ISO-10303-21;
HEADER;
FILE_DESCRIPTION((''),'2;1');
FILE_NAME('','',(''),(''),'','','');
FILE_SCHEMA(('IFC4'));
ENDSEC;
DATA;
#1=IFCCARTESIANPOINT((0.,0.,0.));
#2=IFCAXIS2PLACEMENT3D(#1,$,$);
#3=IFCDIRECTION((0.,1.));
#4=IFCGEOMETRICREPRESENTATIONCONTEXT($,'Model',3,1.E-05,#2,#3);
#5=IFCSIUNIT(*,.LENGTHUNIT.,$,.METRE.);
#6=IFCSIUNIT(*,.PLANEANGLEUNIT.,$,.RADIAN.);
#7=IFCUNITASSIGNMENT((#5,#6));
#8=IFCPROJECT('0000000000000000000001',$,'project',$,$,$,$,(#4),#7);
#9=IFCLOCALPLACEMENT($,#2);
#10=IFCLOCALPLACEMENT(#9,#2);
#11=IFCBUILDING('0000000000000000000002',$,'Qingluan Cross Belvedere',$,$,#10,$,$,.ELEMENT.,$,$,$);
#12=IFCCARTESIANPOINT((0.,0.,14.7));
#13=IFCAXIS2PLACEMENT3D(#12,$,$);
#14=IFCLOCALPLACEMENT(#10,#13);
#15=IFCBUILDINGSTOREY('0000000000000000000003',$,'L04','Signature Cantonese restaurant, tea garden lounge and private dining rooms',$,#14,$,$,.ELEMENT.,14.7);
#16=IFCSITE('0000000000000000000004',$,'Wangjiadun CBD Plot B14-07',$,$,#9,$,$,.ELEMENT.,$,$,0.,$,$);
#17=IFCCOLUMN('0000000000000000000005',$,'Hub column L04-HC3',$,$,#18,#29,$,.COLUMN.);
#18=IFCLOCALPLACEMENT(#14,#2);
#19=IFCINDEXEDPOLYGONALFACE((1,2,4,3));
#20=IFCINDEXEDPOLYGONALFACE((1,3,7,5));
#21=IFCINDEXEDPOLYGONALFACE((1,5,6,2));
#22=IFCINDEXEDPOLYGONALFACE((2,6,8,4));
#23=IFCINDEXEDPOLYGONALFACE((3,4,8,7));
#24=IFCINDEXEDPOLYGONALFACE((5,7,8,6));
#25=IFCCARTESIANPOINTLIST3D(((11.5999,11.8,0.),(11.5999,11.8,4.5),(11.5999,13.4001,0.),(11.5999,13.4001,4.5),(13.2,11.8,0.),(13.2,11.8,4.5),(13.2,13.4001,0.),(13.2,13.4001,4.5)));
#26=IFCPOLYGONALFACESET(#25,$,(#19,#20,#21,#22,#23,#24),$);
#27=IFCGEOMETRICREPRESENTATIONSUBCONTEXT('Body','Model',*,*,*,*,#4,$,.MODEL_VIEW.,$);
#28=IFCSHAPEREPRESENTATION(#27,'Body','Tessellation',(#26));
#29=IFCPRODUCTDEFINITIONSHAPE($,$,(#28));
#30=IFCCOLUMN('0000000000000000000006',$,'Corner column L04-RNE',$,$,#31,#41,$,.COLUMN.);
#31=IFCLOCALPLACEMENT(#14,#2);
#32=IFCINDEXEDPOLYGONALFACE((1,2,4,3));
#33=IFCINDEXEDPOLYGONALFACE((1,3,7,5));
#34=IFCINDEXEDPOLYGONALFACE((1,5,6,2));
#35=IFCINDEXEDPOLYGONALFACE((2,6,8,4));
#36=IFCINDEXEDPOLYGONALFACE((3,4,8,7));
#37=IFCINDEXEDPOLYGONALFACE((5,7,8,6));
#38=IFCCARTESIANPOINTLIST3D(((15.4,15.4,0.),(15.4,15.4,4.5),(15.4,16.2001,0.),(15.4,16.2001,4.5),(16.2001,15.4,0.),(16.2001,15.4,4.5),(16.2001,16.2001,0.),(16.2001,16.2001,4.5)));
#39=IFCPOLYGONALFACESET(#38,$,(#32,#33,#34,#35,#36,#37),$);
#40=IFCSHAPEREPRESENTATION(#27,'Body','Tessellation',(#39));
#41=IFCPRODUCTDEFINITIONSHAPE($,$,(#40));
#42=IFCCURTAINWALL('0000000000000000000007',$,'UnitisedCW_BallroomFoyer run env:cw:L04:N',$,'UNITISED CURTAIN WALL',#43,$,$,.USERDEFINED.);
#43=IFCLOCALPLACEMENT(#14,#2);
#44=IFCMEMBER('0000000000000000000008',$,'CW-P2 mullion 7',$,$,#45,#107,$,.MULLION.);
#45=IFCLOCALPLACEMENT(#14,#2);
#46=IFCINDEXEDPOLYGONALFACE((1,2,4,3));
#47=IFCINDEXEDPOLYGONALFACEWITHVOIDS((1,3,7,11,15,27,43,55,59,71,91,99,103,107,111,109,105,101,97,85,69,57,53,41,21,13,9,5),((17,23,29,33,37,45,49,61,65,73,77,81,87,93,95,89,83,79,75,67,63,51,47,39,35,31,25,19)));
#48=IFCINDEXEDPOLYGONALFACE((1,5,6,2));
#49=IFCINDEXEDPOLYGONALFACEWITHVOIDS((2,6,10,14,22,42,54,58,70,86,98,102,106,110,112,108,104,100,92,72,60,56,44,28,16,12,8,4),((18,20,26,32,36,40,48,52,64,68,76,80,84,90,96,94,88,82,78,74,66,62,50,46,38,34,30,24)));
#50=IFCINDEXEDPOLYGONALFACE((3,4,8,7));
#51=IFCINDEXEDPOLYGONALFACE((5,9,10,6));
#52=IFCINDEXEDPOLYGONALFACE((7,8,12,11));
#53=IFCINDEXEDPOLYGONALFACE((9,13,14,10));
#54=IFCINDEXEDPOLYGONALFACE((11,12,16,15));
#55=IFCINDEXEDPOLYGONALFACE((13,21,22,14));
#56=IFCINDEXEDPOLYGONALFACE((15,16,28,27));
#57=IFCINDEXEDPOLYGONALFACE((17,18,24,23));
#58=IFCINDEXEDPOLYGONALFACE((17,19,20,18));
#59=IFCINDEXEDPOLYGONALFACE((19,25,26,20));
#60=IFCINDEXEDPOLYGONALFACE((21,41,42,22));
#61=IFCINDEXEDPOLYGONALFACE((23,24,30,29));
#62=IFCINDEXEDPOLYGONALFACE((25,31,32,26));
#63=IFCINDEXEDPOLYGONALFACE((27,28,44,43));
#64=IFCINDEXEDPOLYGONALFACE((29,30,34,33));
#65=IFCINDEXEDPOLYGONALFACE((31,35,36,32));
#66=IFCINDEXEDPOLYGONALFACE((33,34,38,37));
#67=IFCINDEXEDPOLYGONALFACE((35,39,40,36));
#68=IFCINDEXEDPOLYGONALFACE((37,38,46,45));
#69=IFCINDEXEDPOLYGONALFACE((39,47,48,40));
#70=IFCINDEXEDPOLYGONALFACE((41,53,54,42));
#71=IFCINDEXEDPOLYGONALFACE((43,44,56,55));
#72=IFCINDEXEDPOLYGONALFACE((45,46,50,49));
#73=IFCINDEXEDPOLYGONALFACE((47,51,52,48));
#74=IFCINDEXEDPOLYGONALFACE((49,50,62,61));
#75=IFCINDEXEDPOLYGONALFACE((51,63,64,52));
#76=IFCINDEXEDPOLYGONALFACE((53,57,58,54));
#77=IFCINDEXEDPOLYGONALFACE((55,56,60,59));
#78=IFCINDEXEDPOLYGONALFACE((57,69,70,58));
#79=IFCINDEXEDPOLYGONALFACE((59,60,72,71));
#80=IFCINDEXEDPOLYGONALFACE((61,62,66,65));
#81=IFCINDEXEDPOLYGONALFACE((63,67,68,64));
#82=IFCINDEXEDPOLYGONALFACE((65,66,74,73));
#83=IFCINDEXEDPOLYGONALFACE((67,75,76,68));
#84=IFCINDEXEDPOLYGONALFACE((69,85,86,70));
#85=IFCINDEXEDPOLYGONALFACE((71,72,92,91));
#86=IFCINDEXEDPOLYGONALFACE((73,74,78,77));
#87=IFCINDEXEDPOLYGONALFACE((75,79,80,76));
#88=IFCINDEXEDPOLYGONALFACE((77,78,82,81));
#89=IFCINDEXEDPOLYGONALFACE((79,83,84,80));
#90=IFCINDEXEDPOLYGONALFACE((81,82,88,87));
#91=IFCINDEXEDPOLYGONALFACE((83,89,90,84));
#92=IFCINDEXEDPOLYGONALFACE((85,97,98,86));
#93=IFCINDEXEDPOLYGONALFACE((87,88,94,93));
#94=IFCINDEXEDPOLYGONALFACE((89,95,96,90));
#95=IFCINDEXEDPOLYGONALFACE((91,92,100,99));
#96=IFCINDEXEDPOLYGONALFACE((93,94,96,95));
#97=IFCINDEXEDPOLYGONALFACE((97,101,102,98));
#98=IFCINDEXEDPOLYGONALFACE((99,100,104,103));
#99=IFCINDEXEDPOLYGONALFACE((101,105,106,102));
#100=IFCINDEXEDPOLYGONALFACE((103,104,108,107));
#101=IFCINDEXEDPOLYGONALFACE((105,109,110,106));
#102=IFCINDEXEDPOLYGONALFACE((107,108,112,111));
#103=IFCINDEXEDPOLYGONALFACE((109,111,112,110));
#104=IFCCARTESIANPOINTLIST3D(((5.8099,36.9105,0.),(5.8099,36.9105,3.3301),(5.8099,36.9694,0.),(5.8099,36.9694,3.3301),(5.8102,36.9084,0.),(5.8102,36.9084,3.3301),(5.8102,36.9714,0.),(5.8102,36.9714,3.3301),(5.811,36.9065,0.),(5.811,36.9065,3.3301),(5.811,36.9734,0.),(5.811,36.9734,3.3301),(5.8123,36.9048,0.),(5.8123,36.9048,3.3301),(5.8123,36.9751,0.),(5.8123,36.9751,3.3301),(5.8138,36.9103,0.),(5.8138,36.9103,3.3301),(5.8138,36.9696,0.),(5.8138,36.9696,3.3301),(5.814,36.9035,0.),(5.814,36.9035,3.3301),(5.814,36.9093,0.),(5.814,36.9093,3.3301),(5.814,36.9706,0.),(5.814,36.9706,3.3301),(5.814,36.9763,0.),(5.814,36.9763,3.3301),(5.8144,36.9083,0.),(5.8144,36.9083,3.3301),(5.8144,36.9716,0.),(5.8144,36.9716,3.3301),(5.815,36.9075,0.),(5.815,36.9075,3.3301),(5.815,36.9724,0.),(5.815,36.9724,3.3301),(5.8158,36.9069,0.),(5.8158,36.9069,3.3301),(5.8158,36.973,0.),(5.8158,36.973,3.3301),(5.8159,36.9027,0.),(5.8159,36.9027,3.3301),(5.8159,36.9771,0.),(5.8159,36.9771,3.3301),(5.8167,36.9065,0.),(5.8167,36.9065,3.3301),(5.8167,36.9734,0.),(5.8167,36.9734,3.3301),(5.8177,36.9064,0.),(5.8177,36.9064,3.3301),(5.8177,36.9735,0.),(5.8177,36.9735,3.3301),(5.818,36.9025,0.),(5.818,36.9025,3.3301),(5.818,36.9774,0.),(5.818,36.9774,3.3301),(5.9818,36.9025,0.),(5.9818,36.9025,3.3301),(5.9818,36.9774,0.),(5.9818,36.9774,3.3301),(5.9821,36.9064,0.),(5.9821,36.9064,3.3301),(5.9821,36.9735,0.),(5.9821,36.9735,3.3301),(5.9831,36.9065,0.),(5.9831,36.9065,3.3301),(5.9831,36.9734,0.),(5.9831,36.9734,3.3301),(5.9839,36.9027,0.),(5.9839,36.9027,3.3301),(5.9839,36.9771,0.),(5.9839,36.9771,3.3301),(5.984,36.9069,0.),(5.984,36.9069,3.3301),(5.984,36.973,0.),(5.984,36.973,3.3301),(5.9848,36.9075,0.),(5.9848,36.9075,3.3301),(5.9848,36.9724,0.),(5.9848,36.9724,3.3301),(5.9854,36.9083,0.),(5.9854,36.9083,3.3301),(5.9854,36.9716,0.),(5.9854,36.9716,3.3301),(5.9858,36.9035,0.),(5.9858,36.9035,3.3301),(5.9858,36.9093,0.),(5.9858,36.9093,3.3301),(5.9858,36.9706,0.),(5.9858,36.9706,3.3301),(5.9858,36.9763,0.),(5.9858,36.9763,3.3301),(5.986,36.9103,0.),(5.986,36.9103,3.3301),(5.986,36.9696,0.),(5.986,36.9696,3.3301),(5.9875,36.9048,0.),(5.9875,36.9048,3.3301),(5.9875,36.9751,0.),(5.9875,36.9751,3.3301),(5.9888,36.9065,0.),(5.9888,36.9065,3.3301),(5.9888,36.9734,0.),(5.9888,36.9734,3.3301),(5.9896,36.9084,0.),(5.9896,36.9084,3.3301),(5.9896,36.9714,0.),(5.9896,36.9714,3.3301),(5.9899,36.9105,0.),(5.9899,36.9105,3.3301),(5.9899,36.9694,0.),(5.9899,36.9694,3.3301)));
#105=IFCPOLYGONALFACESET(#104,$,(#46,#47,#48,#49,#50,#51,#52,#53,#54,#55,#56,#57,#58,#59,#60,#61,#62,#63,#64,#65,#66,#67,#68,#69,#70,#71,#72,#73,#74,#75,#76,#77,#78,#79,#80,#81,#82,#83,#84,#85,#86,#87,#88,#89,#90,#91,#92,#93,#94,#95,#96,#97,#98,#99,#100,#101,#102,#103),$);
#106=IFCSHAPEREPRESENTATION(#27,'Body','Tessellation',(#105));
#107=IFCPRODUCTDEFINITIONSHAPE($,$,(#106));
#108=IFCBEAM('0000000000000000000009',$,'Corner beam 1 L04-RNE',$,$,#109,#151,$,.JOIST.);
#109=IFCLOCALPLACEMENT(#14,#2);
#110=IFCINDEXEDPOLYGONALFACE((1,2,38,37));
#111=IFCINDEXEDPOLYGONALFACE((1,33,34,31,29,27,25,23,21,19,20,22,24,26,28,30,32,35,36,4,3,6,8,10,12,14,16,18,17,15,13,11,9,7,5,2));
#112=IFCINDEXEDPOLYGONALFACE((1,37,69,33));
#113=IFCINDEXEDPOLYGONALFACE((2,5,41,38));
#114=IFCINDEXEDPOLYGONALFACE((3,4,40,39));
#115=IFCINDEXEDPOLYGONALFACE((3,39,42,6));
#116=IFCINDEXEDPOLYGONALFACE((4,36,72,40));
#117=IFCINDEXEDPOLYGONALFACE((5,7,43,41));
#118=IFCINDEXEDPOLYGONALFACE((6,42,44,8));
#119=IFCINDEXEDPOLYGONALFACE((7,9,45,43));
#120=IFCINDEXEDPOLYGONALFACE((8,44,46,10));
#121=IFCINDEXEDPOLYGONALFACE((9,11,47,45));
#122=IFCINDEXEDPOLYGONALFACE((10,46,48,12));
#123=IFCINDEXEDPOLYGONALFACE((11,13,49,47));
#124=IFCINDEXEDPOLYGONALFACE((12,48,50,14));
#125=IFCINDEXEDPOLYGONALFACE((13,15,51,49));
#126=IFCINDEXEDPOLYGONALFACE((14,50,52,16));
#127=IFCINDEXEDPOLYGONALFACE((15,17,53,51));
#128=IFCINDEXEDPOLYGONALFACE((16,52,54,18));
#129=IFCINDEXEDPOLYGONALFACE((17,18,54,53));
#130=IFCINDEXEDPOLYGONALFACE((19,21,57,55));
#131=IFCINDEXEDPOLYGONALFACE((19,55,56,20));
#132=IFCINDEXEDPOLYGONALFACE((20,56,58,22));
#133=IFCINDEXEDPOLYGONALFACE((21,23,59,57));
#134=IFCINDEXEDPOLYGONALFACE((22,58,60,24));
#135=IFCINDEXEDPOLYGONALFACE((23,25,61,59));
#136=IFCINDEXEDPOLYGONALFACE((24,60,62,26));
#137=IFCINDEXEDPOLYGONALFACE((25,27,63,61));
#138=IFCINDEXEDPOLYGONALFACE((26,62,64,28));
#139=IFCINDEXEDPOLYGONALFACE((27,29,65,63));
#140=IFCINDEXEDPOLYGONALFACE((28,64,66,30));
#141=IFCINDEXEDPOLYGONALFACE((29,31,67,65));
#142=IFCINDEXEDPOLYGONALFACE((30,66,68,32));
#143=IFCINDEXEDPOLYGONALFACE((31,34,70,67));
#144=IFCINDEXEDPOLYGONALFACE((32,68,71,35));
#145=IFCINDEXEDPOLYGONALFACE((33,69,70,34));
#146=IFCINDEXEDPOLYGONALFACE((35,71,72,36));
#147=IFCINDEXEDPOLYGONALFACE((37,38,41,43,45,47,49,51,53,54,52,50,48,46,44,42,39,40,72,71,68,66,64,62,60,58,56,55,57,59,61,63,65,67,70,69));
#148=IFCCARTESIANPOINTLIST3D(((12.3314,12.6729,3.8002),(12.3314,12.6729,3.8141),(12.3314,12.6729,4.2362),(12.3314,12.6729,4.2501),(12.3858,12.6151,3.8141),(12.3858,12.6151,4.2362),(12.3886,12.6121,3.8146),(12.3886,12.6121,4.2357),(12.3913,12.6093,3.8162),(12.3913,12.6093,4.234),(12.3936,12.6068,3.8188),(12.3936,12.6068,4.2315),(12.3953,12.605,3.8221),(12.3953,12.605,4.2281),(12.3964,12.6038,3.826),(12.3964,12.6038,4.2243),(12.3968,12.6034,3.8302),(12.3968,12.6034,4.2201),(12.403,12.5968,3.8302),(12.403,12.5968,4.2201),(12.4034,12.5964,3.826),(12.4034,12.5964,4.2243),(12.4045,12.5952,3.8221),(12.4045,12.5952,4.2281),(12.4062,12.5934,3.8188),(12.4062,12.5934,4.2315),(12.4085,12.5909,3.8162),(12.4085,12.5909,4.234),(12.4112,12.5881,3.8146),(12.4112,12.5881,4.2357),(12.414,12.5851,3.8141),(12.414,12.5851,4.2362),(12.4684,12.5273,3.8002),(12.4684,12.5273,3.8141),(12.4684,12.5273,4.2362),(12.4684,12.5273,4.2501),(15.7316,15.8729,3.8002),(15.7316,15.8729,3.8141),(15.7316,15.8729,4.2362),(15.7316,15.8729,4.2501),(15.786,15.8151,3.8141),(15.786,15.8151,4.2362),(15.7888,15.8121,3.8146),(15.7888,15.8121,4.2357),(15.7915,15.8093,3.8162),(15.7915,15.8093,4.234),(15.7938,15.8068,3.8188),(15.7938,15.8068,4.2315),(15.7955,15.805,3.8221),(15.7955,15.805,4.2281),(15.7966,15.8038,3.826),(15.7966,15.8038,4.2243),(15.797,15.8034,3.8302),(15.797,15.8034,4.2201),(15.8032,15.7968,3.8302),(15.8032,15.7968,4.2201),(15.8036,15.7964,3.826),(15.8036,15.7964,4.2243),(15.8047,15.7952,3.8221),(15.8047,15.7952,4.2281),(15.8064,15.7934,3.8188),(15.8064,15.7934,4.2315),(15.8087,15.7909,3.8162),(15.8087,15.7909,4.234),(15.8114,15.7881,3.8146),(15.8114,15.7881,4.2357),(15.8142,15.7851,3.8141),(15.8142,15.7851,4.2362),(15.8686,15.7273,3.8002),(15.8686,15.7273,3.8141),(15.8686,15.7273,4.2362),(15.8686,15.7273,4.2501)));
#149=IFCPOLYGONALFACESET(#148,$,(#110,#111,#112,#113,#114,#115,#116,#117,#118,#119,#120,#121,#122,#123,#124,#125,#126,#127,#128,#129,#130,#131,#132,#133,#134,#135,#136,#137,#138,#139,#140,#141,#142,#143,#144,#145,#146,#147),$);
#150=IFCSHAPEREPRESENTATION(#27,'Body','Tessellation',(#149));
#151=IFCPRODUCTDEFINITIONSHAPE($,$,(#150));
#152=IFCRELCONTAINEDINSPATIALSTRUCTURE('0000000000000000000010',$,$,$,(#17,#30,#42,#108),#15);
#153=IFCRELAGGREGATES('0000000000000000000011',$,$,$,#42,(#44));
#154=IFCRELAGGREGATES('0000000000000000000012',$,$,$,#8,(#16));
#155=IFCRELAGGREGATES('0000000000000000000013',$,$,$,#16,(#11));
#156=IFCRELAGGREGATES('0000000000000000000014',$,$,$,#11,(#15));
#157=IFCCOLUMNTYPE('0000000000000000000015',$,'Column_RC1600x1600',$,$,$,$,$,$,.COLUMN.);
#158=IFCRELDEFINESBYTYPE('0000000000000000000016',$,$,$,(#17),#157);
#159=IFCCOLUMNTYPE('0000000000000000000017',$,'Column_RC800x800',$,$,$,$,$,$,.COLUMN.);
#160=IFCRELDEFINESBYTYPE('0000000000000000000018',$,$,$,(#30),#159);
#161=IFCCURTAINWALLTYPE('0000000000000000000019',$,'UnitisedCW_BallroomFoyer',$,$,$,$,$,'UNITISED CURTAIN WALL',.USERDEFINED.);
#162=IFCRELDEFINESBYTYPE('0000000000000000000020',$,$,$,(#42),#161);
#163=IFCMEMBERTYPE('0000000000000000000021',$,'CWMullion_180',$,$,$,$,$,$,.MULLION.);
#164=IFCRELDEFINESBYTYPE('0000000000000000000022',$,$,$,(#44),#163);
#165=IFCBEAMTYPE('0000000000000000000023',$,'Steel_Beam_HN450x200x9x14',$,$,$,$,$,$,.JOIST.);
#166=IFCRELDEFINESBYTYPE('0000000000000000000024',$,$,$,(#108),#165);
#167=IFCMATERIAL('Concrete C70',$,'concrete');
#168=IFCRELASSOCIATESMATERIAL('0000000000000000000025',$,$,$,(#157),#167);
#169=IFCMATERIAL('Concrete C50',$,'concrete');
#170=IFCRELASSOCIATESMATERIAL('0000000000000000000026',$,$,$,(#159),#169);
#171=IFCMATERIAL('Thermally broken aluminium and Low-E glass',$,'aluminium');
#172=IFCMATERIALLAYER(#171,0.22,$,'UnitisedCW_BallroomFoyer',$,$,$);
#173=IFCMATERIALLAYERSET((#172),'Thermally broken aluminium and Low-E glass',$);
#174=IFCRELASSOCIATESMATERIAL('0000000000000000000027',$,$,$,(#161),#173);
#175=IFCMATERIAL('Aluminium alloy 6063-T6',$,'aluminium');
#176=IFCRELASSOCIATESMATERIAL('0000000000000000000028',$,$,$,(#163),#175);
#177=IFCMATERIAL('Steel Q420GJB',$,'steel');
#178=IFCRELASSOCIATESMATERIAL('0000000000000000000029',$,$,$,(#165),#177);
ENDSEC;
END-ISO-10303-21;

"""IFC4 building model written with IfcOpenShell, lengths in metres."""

from ifc_helpers import new_model, si_unit, direction, frame, origin, origin_2d, place, context, subcontext, project, spatial, rectangle, hollow_rectangle, i_section, extrude, material, layer, layer_set, material_profile, profile_set, type_object, element, aggregate, save


model = new_model("IFC4")

# Units and contexts
model_context = context("Model", 3, precision=1e-05, world=origin(), true_north=direction((0.0, 1.0)))
body_context = subcontext(model_context, "Body", "Model", "MODEL_VIEW")
ifc_project = project(units=[si_unit("LENGTHUNIT", "METRE"), si_unit("PLANEANGLEUNIT", "RADIAN")], contexts=[model_context])

# Site, building, storey
site_placement = place(None, origin())
site = spatial("IfcSite", under=ifc_project, at=site_placement, Name="Wangjiadun CBD Plot B14-07", CompositionType="ELEMENT", RefElevation=0.0)
building_placement = place(site_placement, origin())
building = spatial("IfcBuilding", under=site, at=building_placement, Name="Qingluan Cross Belvedere", CompositionType="ELEMENT")
storey_placement = place(building_placement, frame((0.0, 0.0, 14.7)))
storey = spatial("IfcBuildingStorey", under=building, at=storey_placement, Name="L04", Description="Signature Cantonese restaurant, tea garden lounge and private dining rooms", CompositionType="ELEMENT", Elevation=14.7)

# Columns
ifc_material_1 = material(Name="Concrete C70", Category="concrete")
ifc_material_profile_1 = material_profile(ifc_material_1, rectangle(XDim=1.6001, YDim=1.6001, at=origin_2d()), Name="RC1600x1600")
ifc_profile_set_1 = profile_set([ifc_material_profile_1], Name="Concrete C70")
column_type_1 = type_object("IfcColumnType", Name="Column_RC1600x1600", PredefinedType="COLUMN", material=ifc_profile_set_1)
column_1_placement = place(storey_placement, frame((12.3999, 12.6001, 0.0), z_axis=(0.0, 0.0, 1.0), x_axis=(1.0, 0.0, 0.0)))
element("IfcColumn", 1, at=column_1_placement, inside=storey, type_object=column_type_1, Name="Hub column L04-HC3", PredefinedType="COLUMN", context=body_context, shape_type="SweptSolid", body=[
    extrude(rectangle(XDim=1.6001, YDim=1.6001, at=origin_2d()), origin(), (0.0, 0.0, 1.0), 4.5),
])
ifc_material_2 = material(Name="Concrete C50", Category="concrete")
ifc_material_profile_2 = material_profile(ifc_material_2, rectangle(XDim=0.8, YDim=0.8, at=origin_2d()), Name="RC800x800")
ifc_profile_set_2 = profile_set([ifc_material_profile_2], Name="Concrete C50")
column_type_2 = type_object("IfcColumnType", Name="Column_RC800x800", PredefinedType="COLUMN", material=ifc_profile_set_2)
column_2_placement = place(storey_placement, frame((15.8, 15.8, 0.0), z_axis=(0.0, 0.0, 1.0), x_axis=(1.0, 0.0, 0.0)))
element("IfcColumn", 2, at=column_2_placement, inside=storey, type_object=column_type_2, Name="Corner column L04-RNE", PredefinedType="COLUMN", context=body_context, shape_type="SweptSolid", body=[
    extrude(rectangle(XDim=0.8, YDim=0.8, at=origin_2d()), origin(), (0.0, 0.0, 1.0), 4.5),
])

# Curtain wall, member
ifc_material_3 = material(Name="Thermally broken aluminium and Low-E glass", Category="aluminium")
ifc_layer_1 = layer(ifc_material_3, 0.22, Name="UnitisedCW_BallroomFoyer")
ifc_layer_set_1 = layer_set([ifc_layer_1], Name="Thermally broken aluminium and Low-E glass")
curtain_wall_type = type_object("IfcCurtainWallType", Name="UnitisedCW_BallroomFoyer", ElementType="UNITISED CURTAIN WALL", PredefinedType="USERDEFINED", material=ifc_layer_set_1)
curtain_wall_placement = place(storey_placement, origin())
curtain_wall = element("IfcCurtainWall", 3, at=curtain_wall_placement, inside=storey, type_object=curtain_wall_type, Name="UnitisedCW_BallroomFoyer run env:cw:L04:N", ObjectType="UNITISED CURTAIN WALL", PredefinedType="USERDEFINED")
ifc_material_4 = material(Name="Aluminium alloy 6063-T6", Category="aluminium")
ifc_material_profile_3 = material_profile(ifc_material_4, hollow_rectangle(XDim=0.075, YDim=0.1799, WallThickness=0.0039, InnerFilletRadius=0.0039, OuterFilletRadius=0.0081, at=origin_2d()), Name="CWM180x75x4")
ifc_profile_set_3 = profile_set([ifc_material_profile_3], Name="Aluminium alloy 6063-T6")
member_type = type_object("IfcMemberType", Name="CWMullion_180", PredefinedType="MULLION", material=ifc_profile_set_3)
member_placement = place(storey_placement, frame((5.8999, 36.9399, 0.0), z_axis=(0.0, 0.0, 1.0), x_axis=(0.0, 1.0, 0.0)))
member = element("IfcMember", 4, at=member_placement, type_object=member_type, Name="CW-P2 mullion 7", PredefinedType="MULLION", context=body_context, shape_type="SweptSolid", body=[
    extrude(hollow_rectangle(XDim=0.075, YDim=0.1799, WallThickness=0.0039, InnerFilletRadius=0.0039, OuterFilletRadius=0.0081, at=origin_2d()), origin(), (0.0, 0.0, 1.0), 3.3301),
])

# Beam
ifc_material_5 = material(Name="Steel Q420GJB", Category="steel")
ifc_material_profile_4 = material_profile(ifc_material_5, i_section(OverallWidth=0.2, OverallDepth=0.45, WebThickness=0.009, FlangeThickness=0.0139, FilletRadius=0.0161, at=origin_2d()), Name="HN450x200x9x14")
ifc_profile_set_4 = profile_set([ifc_material_profile_4], Name="Steel Q420GJB")
beam_type = type_object("IfcBeamType", Name="Steel_Beam_HN450x200x9x14", PredefinedType="JOIST", material=ifc_profile_set_4)
beam_1_placement = place(storey_placement, frame((12.3999, 12.6001, 4.0251), z_axis=(0.72822, 0.685343, 0.0), x_axis=(-0.685343, 0.72822, 0.0)))
element("IfcBeam", 5, at=beam_1_placement, inside=storey, type_object=beam_type, Name="Corner beam 1 L04-RNE", PredefinedType="JOIST", context=body_context, shape_type="SweptSolid", body=[
    extrude(i_section(OverallWidth=0.2, OverallDepth=0.45, WebThickness=0.009, FlangeThickness=0.0139, FilletRadius=0.0161, at=origin_2d()), origin(), (0.0, 0.0, 1.0), 4.6692),
])

aggregate(curtain_wall, [member])

save(model, "model.ifc")
